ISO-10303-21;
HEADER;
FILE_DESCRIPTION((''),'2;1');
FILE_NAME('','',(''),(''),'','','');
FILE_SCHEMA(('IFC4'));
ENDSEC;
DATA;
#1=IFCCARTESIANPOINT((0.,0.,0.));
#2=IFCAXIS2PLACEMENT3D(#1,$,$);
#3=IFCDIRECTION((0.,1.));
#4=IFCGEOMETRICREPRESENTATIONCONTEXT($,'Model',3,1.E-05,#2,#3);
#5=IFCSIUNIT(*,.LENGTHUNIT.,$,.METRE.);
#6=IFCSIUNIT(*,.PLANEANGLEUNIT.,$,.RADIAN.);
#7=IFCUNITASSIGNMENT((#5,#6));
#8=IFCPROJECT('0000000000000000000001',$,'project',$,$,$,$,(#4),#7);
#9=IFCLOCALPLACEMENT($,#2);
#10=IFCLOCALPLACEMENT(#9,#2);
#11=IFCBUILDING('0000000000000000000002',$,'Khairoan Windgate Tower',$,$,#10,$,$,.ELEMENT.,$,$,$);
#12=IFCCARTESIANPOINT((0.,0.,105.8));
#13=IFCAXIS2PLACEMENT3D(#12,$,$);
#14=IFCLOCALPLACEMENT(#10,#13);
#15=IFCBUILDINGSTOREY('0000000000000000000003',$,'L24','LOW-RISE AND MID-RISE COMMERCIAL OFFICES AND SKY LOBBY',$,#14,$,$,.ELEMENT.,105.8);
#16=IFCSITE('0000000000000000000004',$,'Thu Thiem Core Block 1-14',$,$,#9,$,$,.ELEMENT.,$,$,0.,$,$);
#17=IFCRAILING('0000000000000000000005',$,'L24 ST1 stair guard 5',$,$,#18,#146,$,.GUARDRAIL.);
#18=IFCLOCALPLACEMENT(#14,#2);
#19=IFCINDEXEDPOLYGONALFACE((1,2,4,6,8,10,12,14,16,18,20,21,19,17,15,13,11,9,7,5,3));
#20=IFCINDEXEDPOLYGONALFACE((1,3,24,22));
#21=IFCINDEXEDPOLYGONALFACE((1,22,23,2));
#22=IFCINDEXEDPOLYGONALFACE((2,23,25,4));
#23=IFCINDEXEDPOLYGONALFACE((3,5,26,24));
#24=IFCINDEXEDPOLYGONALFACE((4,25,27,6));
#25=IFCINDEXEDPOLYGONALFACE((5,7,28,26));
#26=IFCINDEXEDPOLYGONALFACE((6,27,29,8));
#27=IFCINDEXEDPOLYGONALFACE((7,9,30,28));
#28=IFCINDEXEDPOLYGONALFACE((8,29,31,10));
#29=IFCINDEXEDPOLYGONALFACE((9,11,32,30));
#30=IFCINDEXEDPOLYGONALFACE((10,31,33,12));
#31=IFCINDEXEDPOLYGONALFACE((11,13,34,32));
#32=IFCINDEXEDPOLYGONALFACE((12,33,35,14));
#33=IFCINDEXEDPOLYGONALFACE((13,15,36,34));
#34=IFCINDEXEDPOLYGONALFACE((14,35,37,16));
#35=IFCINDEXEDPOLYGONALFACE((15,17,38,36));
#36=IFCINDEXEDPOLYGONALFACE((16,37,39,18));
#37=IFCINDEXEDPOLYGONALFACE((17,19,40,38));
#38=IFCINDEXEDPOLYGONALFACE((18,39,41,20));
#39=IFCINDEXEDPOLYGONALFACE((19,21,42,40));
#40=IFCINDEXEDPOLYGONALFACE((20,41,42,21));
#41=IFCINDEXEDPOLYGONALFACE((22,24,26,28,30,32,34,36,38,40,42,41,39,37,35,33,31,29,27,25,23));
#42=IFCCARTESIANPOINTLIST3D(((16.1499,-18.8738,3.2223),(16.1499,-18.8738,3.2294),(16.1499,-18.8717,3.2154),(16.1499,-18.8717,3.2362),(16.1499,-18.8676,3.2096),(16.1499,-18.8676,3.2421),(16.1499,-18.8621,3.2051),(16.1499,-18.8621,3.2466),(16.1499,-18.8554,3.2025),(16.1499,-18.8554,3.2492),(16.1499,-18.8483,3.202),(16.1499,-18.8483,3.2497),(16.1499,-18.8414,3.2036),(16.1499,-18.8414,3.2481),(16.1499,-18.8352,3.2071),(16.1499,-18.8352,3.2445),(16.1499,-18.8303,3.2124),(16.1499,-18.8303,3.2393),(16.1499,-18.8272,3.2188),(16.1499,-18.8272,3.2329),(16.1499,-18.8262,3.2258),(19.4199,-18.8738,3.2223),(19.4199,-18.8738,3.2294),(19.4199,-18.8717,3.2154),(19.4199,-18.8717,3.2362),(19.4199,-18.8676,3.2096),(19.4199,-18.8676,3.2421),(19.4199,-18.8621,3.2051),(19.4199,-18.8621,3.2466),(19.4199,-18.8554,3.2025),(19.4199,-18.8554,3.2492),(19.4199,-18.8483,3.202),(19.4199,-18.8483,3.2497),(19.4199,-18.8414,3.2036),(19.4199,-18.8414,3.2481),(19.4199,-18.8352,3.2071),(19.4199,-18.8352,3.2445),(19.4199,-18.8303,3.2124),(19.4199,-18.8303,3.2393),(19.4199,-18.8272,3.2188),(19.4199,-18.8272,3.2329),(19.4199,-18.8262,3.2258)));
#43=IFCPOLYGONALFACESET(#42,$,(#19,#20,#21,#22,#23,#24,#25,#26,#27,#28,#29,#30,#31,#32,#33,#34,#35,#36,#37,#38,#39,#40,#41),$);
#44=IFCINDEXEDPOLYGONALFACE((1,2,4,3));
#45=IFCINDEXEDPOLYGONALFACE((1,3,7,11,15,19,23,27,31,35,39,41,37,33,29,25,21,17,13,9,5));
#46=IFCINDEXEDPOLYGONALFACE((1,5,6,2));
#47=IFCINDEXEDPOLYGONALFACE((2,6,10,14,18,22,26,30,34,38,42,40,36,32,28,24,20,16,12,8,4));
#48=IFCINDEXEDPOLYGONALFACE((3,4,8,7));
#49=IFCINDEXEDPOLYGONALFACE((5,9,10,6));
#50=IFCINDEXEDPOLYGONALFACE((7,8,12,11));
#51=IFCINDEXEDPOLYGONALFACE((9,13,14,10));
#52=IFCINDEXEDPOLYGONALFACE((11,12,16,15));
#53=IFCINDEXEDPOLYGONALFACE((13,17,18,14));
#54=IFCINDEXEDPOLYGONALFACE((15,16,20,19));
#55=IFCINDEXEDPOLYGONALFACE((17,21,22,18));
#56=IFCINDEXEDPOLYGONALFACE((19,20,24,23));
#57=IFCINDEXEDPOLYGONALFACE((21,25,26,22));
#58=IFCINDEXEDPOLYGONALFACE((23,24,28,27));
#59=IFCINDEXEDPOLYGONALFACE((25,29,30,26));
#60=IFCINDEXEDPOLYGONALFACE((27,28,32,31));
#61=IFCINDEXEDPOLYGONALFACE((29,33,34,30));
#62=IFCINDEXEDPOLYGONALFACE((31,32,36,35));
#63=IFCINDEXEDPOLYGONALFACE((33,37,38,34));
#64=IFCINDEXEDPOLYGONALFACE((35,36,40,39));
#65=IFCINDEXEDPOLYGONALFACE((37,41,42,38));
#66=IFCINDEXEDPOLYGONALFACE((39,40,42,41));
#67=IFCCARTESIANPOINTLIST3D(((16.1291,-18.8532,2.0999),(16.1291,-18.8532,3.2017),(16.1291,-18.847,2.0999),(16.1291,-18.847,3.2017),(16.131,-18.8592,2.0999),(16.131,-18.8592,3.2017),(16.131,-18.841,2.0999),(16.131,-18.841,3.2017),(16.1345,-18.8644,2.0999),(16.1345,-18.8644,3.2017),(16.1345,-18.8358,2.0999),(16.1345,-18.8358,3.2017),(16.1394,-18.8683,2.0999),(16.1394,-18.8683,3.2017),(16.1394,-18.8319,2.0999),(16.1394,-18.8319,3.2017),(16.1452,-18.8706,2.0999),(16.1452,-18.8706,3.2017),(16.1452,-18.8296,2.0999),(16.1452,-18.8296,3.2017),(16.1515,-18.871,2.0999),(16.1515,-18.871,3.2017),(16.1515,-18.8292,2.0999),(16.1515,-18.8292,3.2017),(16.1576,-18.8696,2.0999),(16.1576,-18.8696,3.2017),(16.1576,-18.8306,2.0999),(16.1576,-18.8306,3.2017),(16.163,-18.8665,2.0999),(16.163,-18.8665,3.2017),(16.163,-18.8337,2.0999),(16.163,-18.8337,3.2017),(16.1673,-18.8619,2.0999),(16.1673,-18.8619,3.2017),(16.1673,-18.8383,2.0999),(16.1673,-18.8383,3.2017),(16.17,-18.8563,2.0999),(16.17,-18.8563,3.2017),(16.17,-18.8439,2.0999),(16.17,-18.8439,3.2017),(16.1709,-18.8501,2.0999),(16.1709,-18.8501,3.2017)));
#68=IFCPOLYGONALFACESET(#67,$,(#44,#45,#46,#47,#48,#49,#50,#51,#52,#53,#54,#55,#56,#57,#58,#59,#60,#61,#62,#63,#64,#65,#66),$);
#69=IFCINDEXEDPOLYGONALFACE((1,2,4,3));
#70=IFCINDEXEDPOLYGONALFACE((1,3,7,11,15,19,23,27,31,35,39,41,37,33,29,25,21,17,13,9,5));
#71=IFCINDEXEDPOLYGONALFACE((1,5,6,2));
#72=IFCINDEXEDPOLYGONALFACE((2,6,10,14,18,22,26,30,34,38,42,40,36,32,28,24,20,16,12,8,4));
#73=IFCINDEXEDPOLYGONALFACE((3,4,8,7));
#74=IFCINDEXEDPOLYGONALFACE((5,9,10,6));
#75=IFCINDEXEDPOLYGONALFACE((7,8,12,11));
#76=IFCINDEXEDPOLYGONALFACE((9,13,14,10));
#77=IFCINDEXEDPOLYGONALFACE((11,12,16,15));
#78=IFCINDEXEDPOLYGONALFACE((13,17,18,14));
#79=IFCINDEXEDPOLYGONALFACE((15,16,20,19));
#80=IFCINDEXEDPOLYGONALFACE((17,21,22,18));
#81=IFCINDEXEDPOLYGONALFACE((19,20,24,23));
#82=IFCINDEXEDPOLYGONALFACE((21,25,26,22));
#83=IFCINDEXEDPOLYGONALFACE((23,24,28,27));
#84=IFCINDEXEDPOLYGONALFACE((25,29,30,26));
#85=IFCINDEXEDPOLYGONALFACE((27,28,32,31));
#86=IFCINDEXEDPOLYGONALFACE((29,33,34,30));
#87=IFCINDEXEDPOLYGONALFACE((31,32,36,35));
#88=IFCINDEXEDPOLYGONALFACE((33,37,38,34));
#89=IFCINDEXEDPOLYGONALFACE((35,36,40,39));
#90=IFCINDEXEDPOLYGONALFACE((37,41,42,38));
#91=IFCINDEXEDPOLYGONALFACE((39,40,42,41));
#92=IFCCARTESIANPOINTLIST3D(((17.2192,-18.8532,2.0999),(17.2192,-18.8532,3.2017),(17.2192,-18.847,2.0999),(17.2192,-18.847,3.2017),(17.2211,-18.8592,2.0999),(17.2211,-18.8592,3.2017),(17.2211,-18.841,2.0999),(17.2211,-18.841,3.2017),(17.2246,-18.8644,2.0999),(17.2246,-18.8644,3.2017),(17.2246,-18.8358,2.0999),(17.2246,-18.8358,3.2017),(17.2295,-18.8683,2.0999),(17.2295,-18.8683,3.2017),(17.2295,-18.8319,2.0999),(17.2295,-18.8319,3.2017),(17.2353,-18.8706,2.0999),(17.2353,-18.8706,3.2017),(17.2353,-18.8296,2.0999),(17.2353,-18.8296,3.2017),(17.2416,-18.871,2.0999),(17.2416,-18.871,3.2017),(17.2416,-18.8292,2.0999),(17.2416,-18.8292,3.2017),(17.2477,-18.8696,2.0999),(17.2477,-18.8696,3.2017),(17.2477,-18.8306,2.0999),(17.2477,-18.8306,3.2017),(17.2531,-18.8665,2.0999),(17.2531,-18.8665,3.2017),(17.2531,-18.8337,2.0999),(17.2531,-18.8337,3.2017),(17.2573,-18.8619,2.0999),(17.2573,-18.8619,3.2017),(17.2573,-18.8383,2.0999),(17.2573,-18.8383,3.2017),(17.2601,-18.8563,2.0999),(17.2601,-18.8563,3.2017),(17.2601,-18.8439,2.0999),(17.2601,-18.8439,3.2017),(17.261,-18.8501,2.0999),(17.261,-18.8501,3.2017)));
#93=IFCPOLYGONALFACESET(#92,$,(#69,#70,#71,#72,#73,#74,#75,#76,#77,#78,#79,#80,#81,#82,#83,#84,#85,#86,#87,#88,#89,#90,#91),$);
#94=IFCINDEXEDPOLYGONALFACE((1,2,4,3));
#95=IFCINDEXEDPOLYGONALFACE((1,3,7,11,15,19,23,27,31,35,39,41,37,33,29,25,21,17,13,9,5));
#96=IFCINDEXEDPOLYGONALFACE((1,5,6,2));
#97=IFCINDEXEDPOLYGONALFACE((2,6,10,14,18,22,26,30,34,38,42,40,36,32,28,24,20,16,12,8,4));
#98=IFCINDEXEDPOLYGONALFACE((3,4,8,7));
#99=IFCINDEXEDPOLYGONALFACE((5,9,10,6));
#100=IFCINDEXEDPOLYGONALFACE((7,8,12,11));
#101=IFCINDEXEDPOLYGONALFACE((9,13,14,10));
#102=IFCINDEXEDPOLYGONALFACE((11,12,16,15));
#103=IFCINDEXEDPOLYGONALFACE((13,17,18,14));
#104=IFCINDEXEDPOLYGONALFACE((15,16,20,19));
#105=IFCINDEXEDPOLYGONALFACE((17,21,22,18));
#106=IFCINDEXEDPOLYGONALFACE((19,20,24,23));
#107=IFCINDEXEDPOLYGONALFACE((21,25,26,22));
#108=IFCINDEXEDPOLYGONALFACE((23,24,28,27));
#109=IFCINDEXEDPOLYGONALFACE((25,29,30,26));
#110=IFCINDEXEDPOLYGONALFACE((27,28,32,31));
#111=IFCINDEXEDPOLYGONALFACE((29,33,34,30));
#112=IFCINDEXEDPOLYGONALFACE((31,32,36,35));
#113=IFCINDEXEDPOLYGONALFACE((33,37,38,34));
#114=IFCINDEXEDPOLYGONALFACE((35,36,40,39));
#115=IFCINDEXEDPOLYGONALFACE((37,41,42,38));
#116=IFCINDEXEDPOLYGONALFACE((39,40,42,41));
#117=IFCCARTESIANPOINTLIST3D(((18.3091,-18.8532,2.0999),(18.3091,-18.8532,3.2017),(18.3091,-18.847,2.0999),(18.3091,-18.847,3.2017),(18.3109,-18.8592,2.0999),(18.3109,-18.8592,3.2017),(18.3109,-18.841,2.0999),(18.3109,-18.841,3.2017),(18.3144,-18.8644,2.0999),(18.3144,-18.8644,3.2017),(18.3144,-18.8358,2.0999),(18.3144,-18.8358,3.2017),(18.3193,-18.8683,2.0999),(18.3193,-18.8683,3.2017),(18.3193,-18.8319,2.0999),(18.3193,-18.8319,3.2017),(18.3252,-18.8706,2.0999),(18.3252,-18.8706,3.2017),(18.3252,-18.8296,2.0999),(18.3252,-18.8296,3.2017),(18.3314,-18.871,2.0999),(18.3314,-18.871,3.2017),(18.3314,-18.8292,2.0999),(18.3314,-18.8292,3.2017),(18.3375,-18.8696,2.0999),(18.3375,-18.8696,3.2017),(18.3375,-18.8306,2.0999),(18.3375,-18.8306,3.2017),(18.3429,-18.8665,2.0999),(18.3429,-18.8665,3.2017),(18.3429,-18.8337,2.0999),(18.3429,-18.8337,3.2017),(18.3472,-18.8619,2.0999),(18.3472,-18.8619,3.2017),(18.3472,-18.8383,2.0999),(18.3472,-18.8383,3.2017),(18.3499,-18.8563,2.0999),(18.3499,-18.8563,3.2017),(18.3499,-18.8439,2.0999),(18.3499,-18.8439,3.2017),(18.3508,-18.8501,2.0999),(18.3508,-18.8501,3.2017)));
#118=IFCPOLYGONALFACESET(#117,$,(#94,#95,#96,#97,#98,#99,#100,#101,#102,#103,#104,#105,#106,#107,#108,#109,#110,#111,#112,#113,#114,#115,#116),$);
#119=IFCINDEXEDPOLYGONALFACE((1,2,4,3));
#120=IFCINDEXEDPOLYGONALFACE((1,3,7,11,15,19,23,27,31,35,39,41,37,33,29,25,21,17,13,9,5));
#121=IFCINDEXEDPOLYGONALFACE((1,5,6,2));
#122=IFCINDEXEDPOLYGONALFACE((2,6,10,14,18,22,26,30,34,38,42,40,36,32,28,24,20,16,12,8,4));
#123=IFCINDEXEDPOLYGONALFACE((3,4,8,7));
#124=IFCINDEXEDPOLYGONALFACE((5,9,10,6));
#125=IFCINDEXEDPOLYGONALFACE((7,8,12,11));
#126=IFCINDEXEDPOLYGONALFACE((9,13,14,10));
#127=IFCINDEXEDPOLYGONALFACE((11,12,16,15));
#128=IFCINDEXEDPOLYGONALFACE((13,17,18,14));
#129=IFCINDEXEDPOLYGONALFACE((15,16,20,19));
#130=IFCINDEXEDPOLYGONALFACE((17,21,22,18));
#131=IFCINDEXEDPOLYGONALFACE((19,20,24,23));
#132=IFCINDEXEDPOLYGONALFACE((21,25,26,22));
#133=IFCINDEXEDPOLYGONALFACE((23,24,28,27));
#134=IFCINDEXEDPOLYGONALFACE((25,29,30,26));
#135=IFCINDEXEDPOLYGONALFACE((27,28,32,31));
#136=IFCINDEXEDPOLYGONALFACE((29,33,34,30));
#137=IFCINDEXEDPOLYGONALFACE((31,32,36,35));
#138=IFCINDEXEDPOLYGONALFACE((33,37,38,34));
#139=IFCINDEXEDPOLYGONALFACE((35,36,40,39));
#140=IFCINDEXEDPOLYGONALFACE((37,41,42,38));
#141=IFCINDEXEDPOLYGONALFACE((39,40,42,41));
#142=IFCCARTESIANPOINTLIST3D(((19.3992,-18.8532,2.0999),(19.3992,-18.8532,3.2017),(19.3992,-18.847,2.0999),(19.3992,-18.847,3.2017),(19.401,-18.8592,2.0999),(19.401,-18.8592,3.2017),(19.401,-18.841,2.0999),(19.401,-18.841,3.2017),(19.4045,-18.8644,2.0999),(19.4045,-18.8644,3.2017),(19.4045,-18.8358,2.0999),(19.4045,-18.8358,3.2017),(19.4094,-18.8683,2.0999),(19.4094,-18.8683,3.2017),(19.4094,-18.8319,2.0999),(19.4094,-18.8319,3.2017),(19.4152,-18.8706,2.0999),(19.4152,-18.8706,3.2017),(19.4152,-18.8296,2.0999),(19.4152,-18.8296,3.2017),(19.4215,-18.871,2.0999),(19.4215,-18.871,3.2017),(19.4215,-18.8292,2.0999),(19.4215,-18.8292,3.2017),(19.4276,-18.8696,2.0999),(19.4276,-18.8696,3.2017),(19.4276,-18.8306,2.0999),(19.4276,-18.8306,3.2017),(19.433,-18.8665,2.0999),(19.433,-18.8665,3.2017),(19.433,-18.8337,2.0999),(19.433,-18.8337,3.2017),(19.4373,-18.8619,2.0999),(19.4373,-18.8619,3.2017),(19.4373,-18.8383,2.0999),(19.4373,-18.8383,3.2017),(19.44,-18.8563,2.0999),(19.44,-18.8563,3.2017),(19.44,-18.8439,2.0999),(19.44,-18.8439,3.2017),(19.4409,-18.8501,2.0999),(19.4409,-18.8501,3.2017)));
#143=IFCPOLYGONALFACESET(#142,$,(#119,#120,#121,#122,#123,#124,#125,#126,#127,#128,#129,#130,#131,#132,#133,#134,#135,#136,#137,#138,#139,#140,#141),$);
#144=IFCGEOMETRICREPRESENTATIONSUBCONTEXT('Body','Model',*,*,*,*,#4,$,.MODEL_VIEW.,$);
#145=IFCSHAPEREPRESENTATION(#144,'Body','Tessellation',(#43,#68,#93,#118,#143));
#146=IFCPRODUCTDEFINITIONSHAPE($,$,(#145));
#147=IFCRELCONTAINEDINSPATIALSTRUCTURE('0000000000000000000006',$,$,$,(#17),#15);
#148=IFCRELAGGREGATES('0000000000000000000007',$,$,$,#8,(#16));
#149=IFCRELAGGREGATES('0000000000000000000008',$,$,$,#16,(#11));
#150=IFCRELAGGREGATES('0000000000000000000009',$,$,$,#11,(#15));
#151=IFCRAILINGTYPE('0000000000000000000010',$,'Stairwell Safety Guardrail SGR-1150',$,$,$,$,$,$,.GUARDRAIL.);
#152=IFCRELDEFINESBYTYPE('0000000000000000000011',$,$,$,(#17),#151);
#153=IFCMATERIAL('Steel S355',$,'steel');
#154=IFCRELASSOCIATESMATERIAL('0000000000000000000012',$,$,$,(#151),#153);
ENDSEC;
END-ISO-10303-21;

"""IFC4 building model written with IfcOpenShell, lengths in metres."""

from ifc_helpers import new_model, si_unit, direction, frame, origin, origin_2d, place, context, subcontext, project, spatial, circle, extrude, material, type_object, element, save


model = new_model("IFC4")

# Units and contexts
model_context = context("Model", 3, precision=1e-05, world=origin(), true_north=direction((0.0, 1.0)))
body_context = subcontext(model_context, "Body", "Model", "MODEL_VIEW")
ifc_project = project(units=[si_unit("LENGTHUNIT", "METRE"), si_unit("PLANEANGLEUNIT", "RADIAN")], contexts=[model_context])

# Site, building, storey
site_placement = place(None, origin())
site = spatial("IfcSite", under=ifc_project, at=site_placement, Name="Thu Thiem Core Block 1-14", CompositionType="ELEMENT", RefElevation=0.0)
building_placement = place(site_placement, origin())
building = spatial("IfcBuilding", under=site, at=building_placement, Name="Khairoan Windgate Tower", CompositionType="ELEMENT")
storey_placement = place(building_placement, frame((0.0, 0.0, 105.8)))
storey = spatial("IfcBuildingStorey", under=building, at=storey_placement, Name="L24", Description="LOW-RISE AND MID-RISE COMMERCIAL OFFICES AND SKY LOBBY", CompositionType="ELEMENT", Elevation=105.8)

# Railing
ifc_material_1 = material(Name="Steel S355", Category="steel")
railing_type_1 = type_object("IfcRailingType", Name="Stairwell Safety Guardrail SGR-1150", PredefinedType="GUARDRAIL", material=ifc_material_1)
railing_1_placement = place(storey_placement, frame((16.1499, -18.8501, 2.0999)))
element("IfcRailing", 1, at=railing_1_placement, inside=storey, type_object=railing_type_1, Name="L24 ST1 stair guard 5", PredefinedType="GUARDRAIL", context=body_context, shape_type="SweptSolid", body=[
    extrude(circle(Radius=0.0239, at=origin_2d()), frame((0.0, 0.0, 1.126), z_axis=(1.0, 0.0, 0.0), x_axis=(0.0, 1.0, 0.0)), (0.0, 0.0, 1.0), 3.27),
    extrude(circle(Radius=0.021, at=origin_2d()), origin(), (0.0, 0.0, 1.0), 1.1018),
    extrude(circle(Radius=0.021, at=origin_2d()), frame((1.0901, 0.0, 0.0)), (0.0, 0.0, 1.0), 1.1018),
    extrude(circle(Radius=0.021, at=origin_2d()), frame((2.1799, 0.0, 0.0)), (0.0, 0.0, 1.0), 1.1018),
    extrude(circle(Radius=0.021, at=origin_2d()), frame((3.27, 0.0, 0.0)), (0.0, 0.0, 1.0), 1.1018),
])

save(model, "model.ifc")
